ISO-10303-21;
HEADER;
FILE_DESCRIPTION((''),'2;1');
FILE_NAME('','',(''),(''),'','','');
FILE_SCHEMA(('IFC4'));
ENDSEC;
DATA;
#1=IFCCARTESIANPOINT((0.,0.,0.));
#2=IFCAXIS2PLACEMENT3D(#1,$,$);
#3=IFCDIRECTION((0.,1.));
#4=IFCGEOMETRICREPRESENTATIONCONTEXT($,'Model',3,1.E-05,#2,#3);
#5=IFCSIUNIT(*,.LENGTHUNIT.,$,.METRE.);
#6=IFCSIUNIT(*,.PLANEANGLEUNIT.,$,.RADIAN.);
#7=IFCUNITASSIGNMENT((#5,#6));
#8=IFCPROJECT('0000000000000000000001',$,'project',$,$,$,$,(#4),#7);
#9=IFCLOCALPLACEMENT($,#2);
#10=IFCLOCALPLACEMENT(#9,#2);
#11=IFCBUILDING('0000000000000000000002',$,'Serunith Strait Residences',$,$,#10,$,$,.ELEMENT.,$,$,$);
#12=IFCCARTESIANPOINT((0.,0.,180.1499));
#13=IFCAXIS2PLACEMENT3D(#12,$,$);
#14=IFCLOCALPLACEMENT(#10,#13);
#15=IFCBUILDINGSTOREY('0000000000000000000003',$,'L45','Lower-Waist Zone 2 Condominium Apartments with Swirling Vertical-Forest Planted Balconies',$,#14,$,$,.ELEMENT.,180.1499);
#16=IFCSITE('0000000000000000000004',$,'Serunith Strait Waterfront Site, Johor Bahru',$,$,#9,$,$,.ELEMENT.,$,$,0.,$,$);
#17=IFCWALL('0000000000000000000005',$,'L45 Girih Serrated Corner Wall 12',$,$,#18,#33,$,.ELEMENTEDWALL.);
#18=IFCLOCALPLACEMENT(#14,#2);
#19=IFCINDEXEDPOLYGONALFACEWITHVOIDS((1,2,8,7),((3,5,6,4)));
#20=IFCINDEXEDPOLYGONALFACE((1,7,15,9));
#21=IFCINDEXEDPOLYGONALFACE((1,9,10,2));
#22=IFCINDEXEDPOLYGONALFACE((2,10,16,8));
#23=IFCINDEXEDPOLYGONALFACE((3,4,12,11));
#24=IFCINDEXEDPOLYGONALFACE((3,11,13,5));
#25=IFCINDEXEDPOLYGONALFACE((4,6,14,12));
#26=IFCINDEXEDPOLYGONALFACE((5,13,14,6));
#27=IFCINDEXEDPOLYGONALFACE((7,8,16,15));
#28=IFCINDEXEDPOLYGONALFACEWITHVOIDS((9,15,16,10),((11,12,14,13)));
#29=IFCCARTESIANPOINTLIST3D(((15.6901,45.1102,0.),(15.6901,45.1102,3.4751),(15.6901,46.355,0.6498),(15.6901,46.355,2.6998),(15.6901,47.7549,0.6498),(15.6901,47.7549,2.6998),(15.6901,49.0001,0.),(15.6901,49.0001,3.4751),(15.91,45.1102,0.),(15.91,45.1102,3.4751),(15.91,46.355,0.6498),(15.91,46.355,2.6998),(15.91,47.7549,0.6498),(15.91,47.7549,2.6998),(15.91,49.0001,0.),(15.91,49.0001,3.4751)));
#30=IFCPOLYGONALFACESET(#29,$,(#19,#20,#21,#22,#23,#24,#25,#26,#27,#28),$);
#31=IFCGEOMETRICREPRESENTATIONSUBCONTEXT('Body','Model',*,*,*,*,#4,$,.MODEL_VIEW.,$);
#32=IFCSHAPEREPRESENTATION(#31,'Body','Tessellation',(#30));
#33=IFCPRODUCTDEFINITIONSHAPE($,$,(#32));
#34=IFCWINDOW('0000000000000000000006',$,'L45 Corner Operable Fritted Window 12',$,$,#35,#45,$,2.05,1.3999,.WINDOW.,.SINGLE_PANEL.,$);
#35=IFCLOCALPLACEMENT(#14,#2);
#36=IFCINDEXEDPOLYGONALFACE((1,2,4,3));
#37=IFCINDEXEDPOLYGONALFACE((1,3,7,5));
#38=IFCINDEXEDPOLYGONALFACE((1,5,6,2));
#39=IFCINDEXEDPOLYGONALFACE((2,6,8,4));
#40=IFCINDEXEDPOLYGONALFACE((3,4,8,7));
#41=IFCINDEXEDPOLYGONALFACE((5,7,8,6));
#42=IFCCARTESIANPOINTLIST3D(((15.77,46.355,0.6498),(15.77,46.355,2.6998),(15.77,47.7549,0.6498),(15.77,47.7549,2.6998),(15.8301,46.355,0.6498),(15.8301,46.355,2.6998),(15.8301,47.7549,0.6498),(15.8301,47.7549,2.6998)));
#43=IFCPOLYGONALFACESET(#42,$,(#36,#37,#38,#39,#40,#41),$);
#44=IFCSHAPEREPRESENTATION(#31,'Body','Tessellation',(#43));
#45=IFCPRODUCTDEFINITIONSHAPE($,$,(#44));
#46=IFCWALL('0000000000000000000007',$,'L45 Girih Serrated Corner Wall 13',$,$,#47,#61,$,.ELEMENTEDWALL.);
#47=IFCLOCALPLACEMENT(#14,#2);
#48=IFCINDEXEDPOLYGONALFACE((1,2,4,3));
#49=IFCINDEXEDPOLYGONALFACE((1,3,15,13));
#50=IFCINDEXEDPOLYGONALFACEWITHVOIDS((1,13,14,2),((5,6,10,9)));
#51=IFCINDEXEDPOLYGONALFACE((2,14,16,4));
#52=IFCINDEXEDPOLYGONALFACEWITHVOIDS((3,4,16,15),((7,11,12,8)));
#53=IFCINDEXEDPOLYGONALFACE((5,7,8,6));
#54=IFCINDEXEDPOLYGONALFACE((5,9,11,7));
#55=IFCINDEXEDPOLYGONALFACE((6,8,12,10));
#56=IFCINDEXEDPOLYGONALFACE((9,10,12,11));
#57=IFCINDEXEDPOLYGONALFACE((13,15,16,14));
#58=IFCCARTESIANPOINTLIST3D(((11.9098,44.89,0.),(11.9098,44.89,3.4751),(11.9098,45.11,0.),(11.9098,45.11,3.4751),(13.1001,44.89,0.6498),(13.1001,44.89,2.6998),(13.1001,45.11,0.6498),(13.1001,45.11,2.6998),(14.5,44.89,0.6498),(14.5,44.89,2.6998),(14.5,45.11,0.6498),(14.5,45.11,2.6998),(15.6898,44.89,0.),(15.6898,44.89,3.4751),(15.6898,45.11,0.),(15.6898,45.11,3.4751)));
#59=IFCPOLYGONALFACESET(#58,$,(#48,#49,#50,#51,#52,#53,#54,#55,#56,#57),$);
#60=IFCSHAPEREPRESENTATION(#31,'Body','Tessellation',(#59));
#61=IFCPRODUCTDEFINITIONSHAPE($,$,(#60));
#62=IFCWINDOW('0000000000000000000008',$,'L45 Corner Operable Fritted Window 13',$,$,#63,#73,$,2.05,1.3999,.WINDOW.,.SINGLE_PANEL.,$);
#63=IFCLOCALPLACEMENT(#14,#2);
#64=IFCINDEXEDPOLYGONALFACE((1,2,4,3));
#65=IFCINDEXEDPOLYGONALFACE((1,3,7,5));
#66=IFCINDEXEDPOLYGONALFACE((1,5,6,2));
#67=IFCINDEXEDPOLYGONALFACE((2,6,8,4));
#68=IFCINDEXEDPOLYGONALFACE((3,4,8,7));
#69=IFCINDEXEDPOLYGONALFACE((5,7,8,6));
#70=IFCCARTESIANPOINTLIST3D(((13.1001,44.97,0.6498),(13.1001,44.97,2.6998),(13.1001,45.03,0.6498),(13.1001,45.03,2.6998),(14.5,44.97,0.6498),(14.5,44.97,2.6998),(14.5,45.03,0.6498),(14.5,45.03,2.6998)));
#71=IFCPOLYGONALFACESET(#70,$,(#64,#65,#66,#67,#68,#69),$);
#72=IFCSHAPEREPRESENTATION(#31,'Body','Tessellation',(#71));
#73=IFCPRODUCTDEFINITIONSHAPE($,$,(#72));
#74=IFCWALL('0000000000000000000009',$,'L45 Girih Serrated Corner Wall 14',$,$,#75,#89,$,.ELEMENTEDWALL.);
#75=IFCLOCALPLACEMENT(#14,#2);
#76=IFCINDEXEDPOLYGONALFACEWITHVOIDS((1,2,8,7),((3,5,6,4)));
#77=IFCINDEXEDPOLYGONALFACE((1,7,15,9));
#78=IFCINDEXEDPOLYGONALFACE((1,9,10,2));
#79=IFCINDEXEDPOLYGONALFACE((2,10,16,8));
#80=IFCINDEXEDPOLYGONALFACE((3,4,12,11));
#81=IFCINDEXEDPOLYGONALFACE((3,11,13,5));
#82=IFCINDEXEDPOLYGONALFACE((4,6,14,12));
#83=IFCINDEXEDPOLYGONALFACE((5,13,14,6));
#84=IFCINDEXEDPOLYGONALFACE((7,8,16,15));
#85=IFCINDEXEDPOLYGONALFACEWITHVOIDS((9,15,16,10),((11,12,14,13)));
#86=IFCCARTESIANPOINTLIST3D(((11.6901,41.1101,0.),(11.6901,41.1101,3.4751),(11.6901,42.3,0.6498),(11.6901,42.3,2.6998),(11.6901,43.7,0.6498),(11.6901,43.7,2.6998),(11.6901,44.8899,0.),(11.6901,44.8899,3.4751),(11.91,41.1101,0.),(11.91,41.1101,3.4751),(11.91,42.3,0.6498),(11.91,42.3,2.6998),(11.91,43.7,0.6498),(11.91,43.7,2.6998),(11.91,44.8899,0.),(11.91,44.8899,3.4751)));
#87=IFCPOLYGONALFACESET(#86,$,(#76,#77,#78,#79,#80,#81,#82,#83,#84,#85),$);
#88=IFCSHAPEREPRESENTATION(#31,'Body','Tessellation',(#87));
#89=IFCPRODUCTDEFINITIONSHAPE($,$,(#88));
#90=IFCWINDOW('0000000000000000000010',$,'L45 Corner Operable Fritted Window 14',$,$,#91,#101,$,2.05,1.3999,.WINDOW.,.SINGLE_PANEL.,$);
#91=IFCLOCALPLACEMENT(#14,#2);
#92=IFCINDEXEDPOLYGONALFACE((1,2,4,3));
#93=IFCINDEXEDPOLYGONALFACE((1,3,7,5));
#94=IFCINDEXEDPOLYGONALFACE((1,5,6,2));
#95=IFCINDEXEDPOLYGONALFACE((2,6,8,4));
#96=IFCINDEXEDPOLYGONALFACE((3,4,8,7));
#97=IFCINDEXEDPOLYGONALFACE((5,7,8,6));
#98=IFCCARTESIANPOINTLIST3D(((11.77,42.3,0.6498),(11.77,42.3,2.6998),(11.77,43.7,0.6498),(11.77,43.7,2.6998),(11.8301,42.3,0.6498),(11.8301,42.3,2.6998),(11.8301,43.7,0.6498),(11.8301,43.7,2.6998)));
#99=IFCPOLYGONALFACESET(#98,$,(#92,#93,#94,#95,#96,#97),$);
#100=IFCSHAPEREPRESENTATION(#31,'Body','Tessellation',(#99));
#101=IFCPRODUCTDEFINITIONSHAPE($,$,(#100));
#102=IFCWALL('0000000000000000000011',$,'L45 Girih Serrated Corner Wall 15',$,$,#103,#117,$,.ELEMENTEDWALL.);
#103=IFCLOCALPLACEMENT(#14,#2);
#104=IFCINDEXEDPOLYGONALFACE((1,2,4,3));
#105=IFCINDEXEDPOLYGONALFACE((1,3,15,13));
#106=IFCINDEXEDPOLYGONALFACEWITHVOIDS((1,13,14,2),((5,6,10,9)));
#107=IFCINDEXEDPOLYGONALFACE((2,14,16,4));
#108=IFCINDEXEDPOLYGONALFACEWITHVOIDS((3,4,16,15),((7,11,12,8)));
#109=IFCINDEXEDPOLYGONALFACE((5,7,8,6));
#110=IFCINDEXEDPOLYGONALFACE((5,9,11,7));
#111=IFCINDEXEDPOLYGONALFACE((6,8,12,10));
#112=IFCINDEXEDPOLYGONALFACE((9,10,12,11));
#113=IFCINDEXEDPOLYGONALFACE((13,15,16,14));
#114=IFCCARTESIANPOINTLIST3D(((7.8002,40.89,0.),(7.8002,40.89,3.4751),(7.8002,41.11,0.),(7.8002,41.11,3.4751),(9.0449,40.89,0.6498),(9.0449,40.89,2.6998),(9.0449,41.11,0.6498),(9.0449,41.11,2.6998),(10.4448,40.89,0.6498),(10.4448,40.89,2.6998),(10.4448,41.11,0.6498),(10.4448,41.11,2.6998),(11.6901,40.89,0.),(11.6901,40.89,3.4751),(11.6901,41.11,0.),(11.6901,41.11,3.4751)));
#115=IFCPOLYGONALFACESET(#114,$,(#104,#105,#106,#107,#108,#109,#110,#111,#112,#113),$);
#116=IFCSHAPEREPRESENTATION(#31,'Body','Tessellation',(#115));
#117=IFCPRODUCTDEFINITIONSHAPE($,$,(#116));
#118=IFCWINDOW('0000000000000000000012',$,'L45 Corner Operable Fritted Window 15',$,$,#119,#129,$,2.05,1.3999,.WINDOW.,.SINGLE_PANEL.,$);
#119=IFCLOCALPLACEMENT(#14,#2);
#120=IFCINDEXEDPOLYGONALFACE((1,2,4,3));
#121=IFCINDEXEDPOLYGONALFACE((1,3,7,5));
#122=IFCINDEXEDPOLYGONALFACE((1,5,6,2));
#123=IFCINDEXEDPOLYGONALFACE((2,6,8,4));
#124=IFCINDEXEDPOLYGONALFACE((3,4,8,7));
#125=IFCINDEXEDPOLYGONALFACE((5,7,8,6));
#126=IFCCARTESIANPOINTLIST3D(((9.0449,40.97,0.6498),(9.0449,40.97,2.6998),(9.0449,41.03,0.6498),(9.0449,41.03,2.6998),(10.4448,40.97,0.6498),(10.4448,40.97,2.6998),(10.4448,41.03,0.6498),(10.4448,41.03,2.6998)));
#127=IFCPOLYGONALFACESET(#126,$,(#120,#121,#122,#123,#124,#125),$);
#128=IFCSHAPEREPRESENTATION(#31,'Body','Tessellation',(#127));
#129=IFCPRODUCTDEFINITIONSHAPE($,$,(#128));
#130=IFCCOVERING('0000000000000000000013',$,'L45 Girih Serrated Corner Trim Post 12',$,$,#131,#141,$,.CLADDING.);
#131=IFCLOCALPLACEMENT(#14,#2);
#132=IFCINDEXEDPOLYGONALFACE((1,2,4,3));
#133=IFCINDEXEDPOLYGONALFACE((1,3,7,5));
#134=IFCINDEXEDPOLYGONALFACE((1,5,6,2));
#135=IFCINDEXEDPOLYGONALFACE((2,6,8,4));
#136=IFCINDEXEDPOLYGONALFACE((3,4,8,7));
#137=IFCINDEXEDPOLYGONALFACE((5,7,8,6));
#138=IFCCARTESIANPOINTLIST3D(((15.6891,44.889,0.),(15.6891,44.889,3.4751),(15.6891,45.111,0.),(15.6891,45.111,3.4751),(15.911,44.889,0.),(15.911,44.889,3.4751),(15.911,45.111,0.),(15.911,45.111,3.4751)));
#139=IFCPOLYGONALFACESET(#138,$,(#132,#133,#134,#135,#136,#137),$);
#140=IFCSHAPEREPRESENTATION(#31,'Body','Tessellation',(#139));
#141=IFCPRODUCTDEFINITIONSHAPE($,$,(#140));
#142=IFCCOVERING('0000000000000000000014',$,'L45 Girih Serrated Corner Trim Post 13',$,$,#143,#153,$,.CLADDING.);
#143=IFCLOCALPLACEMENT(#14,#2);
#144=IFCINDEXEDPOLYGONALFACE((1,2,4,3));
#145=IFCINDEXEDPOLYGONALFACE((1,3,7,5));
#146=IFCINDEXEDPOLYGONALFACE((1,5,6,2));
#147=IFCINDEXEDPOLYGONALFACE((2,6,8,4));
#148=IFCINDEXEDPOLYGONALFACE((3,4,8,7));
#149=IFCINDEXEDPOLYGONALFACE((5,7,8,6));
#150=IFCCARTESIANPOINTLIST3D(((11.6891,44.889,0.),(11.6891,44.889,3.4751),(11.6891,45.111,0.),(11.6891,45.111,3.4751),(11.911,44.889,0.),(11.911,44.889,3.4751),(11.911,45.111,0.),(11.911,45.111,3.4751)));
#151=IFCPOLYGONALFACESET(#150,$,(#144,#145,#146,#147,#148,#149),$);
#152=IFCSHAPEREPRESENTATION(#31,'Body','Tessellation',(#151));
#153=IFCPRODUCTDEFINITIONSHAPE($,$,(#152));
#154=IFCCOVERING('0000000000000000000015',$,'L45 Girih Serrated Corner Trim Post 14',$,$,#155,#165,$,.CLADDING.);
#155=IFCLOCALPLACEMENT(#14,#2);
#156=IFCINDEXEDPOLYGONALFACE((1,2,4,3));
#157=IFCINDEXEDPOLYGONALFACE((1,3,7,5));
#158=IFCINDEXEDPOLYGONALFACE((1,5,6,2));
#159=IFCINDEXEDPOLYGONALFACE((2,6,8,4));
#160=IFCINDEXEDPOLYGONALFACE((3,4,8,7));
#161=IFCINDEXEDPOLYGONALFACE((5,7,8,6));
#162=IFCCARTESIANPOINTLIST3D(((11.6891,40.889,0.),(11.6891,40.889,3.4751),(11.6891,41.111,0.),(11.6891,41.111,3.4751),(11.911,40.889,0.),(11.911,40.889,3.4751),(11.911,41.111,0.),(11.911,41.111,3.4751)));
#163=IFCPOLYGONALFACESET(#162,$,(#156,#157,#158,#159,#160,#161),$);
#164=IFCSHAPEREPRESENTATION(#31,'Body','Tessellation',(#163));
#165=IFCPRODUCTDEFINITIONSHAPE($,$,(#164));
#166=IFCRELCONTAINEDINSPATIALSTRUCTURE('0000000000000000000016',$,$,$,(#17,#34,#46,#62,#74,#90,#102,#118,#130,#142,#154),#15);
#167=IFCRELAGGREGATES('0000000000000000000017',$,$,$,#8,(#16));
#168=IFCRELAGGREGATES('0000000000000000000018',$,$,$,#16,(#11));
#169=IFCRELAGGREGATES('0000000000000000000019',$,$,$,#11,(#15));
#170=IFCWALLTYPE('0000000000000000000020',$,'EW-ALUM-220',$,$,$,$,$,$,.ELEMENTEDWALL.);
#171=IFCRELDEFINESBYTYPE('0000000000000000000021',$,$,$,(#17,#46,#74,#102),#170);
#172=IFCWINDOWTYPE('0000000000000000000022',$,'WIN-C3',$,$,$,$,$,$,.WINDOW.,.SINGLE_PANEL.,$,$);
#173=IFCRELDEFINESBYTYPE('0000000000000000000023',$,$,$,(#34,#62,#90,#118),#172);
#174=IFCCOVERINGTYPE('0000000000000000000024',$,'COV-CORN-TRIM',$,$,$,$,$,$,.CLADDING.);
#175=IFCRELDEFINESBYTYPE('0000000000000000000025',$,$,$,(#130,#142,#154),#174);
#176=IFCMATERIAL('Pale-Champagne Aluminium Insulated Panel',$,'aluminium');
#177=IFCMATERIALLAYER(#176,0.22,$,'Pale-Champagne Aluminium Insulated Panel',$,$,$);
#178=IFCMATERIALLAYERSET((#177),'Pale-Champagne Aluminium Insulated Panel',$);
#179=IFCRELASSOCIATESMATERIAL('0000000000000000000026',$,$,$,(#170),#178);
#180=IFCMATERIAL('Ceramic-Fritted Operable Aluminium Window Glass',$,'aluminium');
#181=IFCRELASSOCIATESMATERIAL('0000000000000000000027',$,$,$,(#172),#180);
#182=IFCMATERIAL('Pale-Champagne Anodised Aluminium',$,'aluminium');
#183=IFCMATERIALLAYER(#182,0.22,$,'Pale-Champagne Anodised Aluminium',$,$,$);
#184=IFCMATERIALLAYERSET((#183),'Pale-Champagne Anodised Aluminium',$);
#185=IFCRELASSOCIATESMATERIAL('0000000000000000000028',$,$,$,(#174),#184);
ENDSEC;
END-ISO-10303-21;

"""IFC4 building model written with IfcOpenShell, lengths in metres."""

from ifc_helpers import new_model, si_unit, direction, frame, frame_2d, origin, origin_2d, place, context, subcontext, project, spatial, rectangle, extrude, source, transform, mapped, material, layer, layer_set, type_object, element, fill, save


model = new_model("IFC4")

# Units and contexts
model_context = context("Model", 3, precision=1e-05, world=origin(), true_north=direction((0.0, 1.0)))
body_context = subcontext(model_context, "Body", "Model", "MODEL_VIEW")
ifc_project = project(units=[si_unit("LENGTHUNIT", "METRE"), si_unit("PLANEANGLEUNIT", "RADIAN")], contexts=[model_context])

# Site, building, storey
site_placement = place(None, origin())
site = spatial("IfcSite", under=ifc_project, at=site_placement, Name="Serunith Strait Waterfront Site, Johor Bahru", CompositionType="ELEMENT", RefElevation=0.0)
building_placement = place(site_placement, origin())
building = spatial("IfcBuilding", under=site, at=building_placement, Name="Serunith Strait Residences", CompositionType="ELEMENT")
storey_placement = place(building_placement, frame((0.0, 0.0, 180.1499)))
storey = spatial("IfcBuildingStorey", under=building, at=storey_placement, Name="L45", Description="Lower-Waist Zone 2 Condominium Apartments with Swirling Vertical-Forest Planted Balconies", CompositionType="ELEMENT", Elevation=180.1499)

# Shared definitions
ifc_material_1 = material(Name="Pale-Champagne Anodised Aluminium", Category="aluminium")

# Walls, openings, windows
ifc_material_2 = material(Name="Pale-Champagne Aluminium Insulated Panel", Category="aluminium")
ifc_layer_1 = layer(ifc_material_2, 0.22, Name="Pale-Champagne Aluminium Insulated Panel")
ifc_layer_set_1 = layer_set([ifc_layer_1], Name="Pale-Champagne Aluminium Insulated Panel")
wall_type = type_object("IfcWallType", Name="EW-ALUM-220", PredefinedType="ELEMENTEDWALL", material=ifc_layer_set_1)
wall_1_placement = place(storey_placement, frame((15.8, 49.0, 0.0), z_axis=(0.0, 0.0, 1.0), x_axis=(0.0, -1.0, 0.0)))
wall_1 = element("IfcWall", 1, at=wall_1_placement, inside=storey, type_object=wall_type, Name="L45 Girih Serrated Corner Wall 12", PredefinedType="ELEMENTEDWALL", context=body_context, shape_type="SweptSolid", body=[
    extrude(rectangle(XDim=3.8899, YDim=0.22, at=frame_2d((1.9448, 0.0))), origin(), (0.0, 0.0, 1.0), 3.4751),
])
opening_1_placement = place(wall_1_placement, frame((1.2451, 0.0, 0.6499)))
opening_1 = element("IfcOpeningElement", 2, at=opening_1_placement, cuts=wall_1, PredefinedType="OPENING", context=body_context, shape_type="SweptSolid", body=[
    extrude(rectangle(XDim=1.3999, YDim=2.05, at=frame_2d((0.7, 1.0249))), frame((0.0, 0.1201, 0.0), z_axis=(0.0, -1.0, 0.0), x_axis=(1.0, 0.0, 0.0)), (0.0, 0.0, 1.0), 0.24),
])
ifc_material_3 = material(Name="Ceramic-Fritted Operable Aluminium Window Glass", Category="aluminium")
window_type = type_object("IfcWindowType", Name="WIN-C3", PartitioningType="SINGLE_PANEL", PredefinedType="WINDOW", material=ifc_material_3)
shared_shape_1 = source(origin(), body_context, "Body", "SweptSolid", [
    extrude(rectangle(XDim=1.3999, YDim=2.05, at=frame_2d((0.7, 1.0249))), frame((0.0, 0.03, 0.0), z_axis=(0.0, -1.0, 0.0), x_axis=(1.0, 0.0, 0.0)), (0.0, 0.0, 1.0), 0.0601),
])
window_1_placement = place(opening_1_placement, origin())
window_1 = element("IfcWindow", 3, at=window_1_placement, inside=storey, type_object=window_type, Name="L45 Corner Operable Fritted Window 12", OverallHeight=2.05, OverallWidth=1.3999, PartitioningType="SINGLE_PANEL", PredefinedType="WINDOW", context=body_context, shape_type="MappedRepresentation", body=[
    mapped(shared_shape_1, transform((0.0, 0.0, 0.0), scale=1.0)),
])
fill(opening_1, window_1)
wall_2_placement = place(storey_placement, frame((15.6899, 45.0, 0.0), z_axis=(0.0, 0.0, 1.0), x_axis=(-1.0, 0.0, 0.0)))
wall_2 = element("IfcWall", 4, at=wall_2_placement, inside=storey, type_object=wall_type, Name="L45 Girih Serrated Corner Wall 13", PredefinedType="ELEMENTEDWALL", context=body_context, shape_type="SweptSolid", body=[
    extrude(rectangle(XDim=3.78, YDim=0.22, at=frame_2d((1.8901, 0.0))), origin(), (0.0, 0.0, 1.0), 3.4751),
])
opening_2_placement = place(wall_2_placement, frame((1.1899, 0.0, 0.6499)))
opening_2 = element("IfcOpeningElement", 5, at=opening_2_placement, cuts=wall_2, PredefinedType="OPENING", context=body_context, shape_type="SweptSolid", body=[
    extrude(rectangle(XDim=1.3999, YDim=2.05, at=frame_2d((0.7, 1.0249))), frame((0.0, 0.1201, 0.0), z_axis=(0.0, -1.0, 0.0), x_axis=(1.0, 0.0, 0.0)), (0.0, 0.0, 1.0), 0.24),
])
window_2_placement = place(opening_2_placement, origin())
window_2 = element("IfcWindow", 6, at=window_2_placement, inside=storey, type_object=window_type, Name="L45 Corner Operable Fritted Window 13", OverallHeight=2.05, OverallWidth=1.3999, PartitioningType="SINGLE_PANEL", PredefinedType="WINDOW", context=body_context, shape_type="MappedRepresentation", body=[
    mapped(shared_shape_1, transform((0.0, 0.0, 0.0), scale=1.0)),
])
fill(opening_2, window_2)
wall_3_placement = place(storey_placement, frame((11.8, 44.8899, 0.0), z_axis=(0.0, 0.0, 1.0), x_axis=(0.0, -1.0, 0.0)))
wall_3 = element("IfcWall", 7, at=wall_3_placement, inside=storey, type_object=wall_type, Name="L45 Girih Serrated Corner Wall 14", PredefinedType="ELEMENTEDWALL", context=body_context, shape_type="SweptSolid", body=[
    extrude(rectangle(XDim=3.7798, YDim=0.22, at=frame_2d((1.8899, 0.0))), origin(), (0.0, 0.0, 1.0), 3.4751),
])
opening_3_placement = place(wall_3_placement, frame((1.1899, 0.0, 0.6499)))
opening_3 = element("IfcOpeningElement", 8, at=opening_3_placement, cuts=wall_3, PredefinedType="OPENING", context=body_context, shape_type="SweptSolid", body=[
    extrude(rectangle(XDim=1.3999, YDim=2.05, at=frame_2d((0.7, 1.0249))), frame((0.0, 0.1201, 0.0), z_axis=(0.0, -1.0, 0.0), x_axis=(1.0, 0.0, 0.0)), (0.0, 0.0, 1.0), 0.24),
])
window_3_placement = place(opening_3_placement, origin())
window_3 = element("IfcWindow", 9, at=window_3_placement, inside=storey, type_object=window_type, Name="L45 Corner Operable Fritted Window 14", OverallHeight=2.05, OverallWidth=1.3999, PartitioningType="SINGLE_PANEL", PredefinedType="WINDOW", context=body_context, shape_type="MappedRepresentation", body=[
    mapped(shared_shape_1, transform((0.0, 0.0, 0.0), scale=1.0)),
])
fill(opening_3, window_3)
wall_4_placement = place(storey_placement, frame((11.6899, 41.0, 0.0), z_axis=(0.0, 0.0, 1.0), x_axis=(-1.0, 0.0, 0.0)))
wall_4 = element("IfcWall", 10, at=wall_4_placement, inside=storey, type_object=wall_type, Name="L45 Girih Serrated Corner Wall 15", PredefinedType="ELEMENTEDWALL", context=body_context, shape_type="SweptSolid", body=[
    extrude(rectangle(XDim=3.8899, YDim=0.22, at=frame_2d((1.9448, 0.0))), origin(), (0.0, 0.0, 1.0), 3.4751),
])
opening_4_placement = place(wall_4_placement, frame((1.2451, 0.0, 0.6499)))
opening_4 = element("IfcOpeningElement", 11, at=opening_4_placement, cuts=wall_4, PredefinedType="OPENING", context=body_context, shape_type="SweptSolid", body=[
    extrude(rectangle(XDim=1.3999, YDim=2.05, at=frame_2d((0.7, 1.0249))), frame((0.0, 0.1201, 0.0), z_axis=(0.0, -1.0, 0.0), x_axis=(1.0, 0.0, 0.0)), (0.0, 0.0, 1.0), 0.24),
])
window_4_placement = place(opening_4_placement, origin())
window_4 = element("IfcWindow", 12, at=window_4_placement, inside=storey, type_object=window_type, Name="L45 Corner Operable Fritted Window 15", OverallHeight=2.05, OverallWidth=1.3999, PartitioningType="SINGLE_PANEL", PredefinedType="WINDOW", context=body_context, shape_type="MappedRepresentation", body=[
    mapped(shared_shape_1, transform((0.0, 0.0, 0.0), scale=1.0)),
])
fill(opening_4, window_4)

# Coverings
ifc_layer_2 = layer(ifc_material_1, 0.22, Name="Pale-Champagne Anodised Aluminium")
ifc_layer_set_2 = layer_set([ifc_layer_2], Name="Pale-Champagne Anodised Aluminium")
covering_type = type_object("IfcCoveringType", Name="COV-CORN-TRIM", PredefinedType="CLADDING", material=ifc_layer_set_2)
shared_shape_2 = source(origin(), body_context, "Body", "SweptSolid", [
    extrude(rectangle(XDim=0.2219, YDim=0.2219, at=origin_2d()), origin(), (0.0, 0.0, 1.0), 3.4751),
])
for number, where, z_axis, x_axis, name in (
    (13, (15.8, 45.0, 0.0), (0.0, 0.0, 1.0), (1.0, 0.0, 0.0), "L45 Girih Serrated Corner Trim Post 12"),
    (14, (11.8, 45.0, 0.0), (0.0, 0.0, 1.0), (1.0, 0.0, 0.0), "L45 Girih Serrated Corner Trim Post 13"),
    (15, (11.8, 41.0, 0.0), (0.0, 0.0, 1.0), (1.0, 0.0, 0.0), "L45 Girih Serrated Corner Trim Post 14"),
):
    element("IfcCovering", number, at=place(storey_placement, frame(where, z_axis=z_axis, x_axis=x_axis)), inside=storey, type_object=covering_type, Name=name, PredefinedType="CLADDING", context=body_context, shape_type="MappedRepresentation", body=[
        mapped(shared_shape_2, transform((0.0, 0.0, 0.0), scale=1.0)),
    ])

save(model, "model.ifc")
